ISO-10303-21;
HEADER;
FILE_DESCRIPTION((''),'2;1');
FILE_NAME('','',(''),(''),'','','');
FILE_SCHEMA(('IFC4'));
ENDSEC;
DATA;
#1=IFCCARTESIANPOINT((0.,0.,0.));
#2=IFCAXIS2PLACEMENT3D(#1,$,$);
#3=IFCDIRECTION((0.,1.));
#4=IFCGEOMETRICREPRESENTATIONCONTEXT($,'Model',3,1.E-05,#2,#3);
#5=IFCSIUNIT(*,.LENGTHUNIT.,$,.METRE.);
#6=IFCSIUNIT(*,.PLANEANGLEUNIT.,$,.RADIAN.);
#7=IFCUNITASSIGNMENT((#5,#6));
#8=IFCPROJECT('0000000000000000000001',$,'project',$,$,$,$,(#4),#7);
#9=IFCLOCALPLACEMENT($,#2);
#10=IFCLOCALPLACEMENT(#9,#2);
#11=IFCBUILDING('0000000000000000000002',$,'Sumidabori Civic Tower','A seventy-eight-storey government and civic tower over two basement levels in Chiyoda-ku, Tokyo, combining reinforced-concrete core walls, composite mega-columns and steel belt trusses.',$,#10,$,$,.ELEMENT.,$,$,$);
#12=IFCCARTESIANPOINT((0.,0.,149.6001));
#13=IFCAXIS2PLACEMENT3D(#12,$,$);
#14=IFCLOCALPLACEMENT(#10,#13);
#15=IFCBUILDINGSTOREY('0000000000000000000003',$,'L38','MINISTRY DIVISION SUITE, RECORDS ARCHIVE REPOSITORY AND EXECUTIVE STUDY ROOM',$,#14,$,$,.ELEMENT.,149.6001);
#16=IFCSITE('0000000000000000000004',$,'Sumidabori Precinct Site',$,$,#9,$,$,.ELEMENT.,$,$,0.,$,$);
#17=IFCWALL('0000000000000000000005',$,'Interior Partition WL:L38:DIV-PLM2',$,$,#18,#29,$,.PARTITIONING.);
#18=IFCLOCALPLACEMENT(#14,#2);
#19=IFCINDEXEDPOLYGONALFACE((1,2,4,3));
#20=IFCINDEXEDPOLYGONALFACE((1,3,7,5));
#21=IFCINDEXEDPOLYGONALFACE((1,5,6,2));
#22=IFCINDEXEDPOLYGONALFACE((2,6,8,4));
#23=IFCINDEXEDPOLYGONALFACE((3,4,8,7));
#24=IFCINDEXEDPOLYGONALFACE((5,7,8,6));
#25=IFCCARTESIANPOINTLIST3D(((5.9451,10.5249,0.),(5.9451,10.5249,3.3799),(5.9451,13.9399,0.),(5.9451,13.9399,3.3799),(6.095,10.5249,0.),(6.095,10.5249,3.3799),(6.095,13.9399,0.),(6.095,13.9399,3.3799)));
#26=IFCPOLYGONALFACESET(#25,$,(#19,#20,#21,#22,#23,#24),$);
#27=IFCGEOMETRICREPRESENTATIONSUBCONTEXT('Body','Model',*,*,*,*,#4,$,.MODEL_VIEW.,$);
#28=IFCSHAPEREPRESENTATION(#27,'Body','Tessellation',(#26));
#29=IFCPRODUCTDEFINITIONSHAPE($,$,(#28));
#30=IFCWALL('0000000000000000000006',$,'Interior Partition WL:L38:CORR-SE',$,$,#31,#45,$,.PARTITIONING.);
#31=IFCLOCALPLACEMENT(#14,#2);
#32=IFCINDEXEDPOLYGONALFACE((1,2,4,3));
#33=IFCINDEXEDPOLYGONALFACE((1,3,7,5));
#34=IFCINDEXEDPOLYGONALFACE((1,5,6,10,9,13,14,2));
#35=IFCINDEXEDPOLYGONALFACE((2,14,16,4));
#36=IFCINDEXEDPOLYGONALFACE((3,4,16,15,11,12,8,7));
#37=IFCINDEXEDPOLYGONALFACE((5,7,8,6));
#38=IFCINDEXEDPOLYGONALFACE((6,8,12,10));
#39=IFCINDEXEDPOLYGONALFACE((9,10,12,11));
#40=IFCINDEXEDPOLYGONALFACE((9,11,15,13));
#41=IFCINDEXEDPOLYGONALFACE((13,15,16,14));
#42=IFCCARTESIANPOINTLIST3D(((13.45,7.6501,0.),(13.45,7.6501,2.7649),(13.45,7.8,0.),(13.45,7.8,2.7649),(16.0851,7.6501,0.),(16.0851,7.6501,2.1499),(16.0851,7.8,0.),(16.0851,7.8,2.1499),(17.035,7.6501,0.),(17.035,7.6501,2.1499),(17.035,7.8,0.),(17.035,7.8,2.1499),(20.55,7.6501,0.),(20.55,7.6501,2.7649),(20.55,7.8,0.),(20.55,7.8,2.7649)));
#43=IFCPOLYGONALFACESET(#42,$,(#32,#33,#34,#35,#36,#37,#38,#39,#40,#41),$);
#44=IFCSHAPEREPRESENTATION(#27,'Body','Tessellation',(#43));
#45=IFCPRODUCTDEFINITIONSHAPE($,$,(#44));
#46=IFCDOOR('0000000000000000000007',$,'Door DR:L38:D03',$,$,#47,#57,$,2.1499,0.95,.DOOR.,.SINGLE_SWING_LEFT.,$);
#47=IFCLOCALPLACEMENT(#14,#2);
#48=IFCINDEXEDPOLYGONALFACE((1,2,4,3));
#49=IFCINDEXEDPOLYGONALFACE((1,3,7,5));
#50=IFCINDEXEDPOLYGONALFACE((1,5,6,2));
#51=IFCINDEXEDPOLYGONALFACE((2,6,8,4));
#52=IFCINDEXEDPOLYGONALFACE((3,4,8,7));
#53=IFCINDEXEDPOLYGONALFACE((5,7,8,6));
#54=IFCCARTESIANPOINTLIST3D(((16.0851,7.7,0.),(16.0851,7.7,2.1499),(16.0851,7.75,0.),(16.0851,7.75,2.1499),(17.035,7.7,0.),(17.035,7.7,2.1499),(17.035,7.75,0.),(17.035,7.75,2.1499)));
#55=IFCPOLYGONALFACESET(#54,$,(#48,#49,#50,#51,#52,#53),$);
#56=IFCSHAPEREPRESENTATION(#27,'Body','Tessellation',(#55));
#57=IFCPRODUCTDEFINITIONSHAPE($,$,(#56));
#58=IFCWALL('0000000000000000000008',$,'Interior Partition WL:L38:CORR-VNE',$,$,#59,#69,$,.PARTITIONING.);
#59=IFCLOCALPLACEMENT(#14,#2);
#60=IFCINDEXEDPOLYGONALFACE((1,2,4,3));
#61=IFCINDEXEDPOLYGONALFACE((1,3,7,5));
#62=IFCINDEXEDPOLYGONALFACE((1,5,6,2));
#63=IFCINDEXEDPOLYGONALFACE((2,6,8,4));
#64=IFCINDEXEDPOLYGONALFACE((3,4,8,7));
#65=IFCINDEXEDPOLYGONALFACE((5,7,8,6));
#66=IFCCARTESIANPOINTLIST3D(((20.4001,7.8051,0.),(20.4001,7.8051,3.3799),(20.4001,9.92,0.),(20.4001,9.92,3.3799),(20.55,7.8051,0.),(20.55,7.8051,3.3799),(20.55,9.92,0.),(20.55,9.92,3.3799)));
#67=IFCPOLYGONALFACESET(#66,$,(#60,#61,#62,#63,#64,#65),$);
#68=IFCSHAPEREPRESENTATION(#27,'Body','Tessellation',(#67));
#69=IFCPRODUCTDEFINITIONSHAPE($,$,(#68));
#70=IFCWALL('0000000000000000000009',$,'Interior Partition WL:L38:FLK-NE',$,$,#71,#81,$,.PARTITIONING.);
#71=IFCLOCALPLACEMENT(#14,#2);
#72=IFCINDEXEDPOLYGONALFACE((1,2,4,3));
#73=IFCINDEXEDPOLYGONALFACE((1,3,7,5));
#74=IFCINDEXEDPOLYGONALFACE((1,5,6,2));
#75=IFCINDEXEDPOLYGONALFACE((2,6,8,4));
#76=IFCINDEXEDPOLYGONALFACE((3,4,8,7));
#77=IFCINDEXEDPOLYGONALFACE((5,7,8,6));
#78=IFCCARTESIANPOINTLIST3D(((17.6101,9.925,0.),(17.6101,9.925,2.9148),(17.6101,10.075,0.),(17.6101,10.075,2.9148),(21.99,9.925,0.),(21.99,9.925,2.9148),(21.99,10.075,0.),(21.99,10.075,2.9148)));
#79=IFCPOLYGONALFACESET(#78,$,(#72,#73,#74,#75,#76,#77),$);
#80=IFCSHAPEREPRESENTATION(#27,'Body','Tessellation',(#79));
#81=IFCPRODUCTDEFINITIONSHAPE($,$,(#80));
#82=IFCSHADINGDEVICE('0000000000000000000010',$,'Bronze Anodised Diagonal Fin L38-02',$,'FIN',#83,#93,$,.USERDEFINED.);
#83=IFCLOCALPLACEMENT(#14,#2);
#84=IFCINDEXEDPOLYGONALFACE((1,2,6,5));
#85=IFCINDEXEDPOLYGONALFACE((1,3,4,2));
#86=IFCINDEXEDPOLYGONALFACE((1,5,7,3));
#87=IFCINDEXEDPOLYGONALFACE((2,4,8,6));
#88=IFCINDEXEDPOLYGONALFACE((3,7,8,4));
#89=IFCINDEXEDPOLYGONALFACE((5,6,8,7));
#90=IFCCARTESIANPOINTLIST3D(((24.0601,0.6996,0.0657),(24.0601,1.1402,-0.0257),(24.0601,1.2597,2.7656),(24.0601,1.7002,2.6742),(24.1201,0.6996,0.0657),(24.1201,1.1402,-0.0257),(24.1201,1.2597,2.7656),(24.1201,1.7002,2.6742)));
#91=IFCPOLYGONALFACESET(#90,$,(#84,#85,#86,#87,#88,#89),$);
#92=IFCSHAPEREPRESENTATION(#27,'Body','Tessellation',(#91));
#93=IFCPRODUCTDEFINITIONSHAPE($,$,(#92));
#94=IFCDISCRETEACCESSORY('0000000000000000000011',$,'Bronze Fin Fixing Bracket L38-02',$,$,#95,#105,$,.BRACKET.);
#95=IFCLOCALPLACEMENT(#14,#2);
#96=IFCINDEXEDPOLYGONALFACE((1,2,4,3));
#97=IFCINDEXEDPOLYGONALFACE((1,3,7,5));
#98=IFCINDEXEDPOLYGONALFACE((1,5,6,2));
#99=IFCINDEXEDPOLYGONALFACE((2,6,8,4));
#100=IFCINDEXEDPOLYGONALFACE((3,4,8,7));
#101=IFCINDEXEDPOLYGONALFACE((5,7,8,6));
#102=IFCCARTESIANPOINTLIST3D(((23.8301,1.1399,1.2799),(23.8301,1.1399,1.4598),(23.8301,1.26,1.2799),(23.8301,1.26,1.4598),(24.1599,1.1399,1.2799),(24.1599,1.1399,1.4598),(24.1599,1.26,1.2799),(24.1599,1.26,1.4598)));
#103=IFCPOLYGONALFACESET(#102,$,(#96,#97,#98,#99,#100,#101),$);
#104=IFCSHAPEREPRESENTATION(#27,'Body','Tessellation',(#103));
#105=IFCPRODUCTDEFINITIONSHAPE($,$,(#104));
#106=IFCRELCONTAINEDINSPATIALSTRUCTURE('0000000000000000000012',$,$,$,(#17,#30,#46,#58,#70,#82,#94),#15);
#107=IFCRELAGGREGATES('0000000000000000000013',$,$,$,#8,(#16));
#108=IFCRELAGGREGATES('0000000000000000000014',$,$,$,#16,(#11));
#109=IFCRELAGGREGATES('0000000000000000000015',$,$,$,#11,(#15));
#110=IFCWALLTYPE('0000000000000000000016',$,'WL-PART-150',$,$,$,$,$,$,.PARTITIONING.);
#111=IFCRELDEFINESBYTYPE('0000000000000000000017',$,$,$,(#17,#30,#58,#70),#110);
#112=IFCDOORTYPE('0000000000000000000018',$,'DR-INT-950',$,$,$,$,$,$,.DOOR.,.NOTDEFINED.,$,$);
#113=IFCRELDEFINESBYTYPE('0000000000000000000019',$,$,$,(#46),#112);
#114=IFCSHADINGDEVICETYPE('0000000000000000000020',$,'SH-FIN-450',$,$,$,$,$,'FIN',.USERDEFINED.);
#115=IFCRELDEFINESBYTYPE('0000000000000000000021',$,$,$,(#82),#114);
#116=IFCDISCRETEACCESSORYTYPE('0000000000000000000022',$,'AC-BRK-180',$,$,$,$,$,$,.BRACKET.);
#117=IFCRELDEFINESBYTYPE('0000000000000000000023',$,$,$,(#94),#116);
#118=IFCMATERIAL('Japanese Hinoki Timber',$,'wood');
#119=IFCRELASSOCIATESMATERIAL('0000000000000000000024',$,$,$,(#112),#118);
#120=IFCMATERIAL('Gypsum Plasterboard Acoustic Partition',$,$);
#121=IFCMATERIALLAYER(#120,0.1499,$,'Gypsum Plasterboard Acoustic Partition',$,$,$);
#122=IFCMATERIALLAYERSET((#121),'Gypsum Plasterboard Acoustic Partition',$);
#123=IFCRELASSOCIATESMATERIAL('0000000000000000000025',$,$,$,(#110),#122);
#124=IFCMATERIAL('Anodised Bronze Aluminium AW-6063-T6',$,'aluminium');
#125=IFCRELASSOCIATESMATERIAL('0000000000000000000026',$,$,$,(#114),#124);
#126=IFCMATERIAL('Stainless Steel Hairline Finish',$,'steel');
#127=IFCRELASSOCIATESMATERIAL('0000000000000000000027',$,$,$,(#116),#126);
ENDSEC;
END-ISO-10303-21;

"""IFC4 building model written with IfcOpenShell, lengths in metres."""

from ifc_helpers import new_model, si_unit, direction, frame, frame_2d, origin, origin_2d, place, context, subcontext, project, spatial, rectangle, extrude, source, transform, mapped, material, layer, layer_set, material_profile, profile_set, type_object, element, fill, save


model = new_model("IFC4")

# Units and contexts
model_context = context("Model", 3, precision=1e-05, world=origin(), true_north=direction((0.0, 1.0)))
body_context = subcontext(model_context, "Body", "Model", "MODEL_VIEW")
ifc_project = project(units=[si_unit("LENGTHUNIT", "METRE"), si_unit("PLANEANGLEUNIT", "RADIAN")], contexts=[model_context])

# Site, building, storey
site_placement = place(None, origin())
site = spatial("IfcSite", under=ifc_project, at=site_placement, Name="Sumidabori Precinct Site", CompositionType="ELEMENT", RefElevation=0.0)
building_placement = place(site_placement, origin())
building = spatial("IfcBuilding", under=site, at=building_placement, Name="Sumidabori Civic Tower", Description="A seventy-eight-storey government and civic tower over two basement levels in Chiyoda-ku, Tokyo, combining reinforced-concrete core walls, composite mega-columns and steel belt trusses.", CompositionType="ELEMENT")
storey_placement = place(building_placement, frame((0.0, 0.0, 149.6001)))
storey = spatial("IfcBuildingStorey", under=building, at=storey_placement, Name="L38", Description="MINISTRY DIVISION SUITE, RECORDS ARCHIVE REPOSITORY AND EXECUTIVE STUDY ROOM", CompositionType="ELEMENT", Elevation=149.6001)

# Shared definitions
ifc_material_1 = material(Name="Anodised Bronze Aluminium AW-6063-T6", Category="aluminium")

# Shared definitions
ifc_material_2 = material(Name="Japanese Hinoki Timber", Category="wood")
door_type_1 = type_object("IfcDoorType", Name="DR-INT-950", OperationType="NOTDEFINED", PredefinedType="DOOR", material=ifc_material_2)
shared_shape_1 = source(origin(), body_context, "Body", "SweptSolid", [
    extrude(rectangle(XDim=0.95, YDim=2.1499, at=frame_2d((0.4751, 1.075))), frame((0.0, 0.0249, 0.0), z_axis=(0.0, -1.0, 0.0), x_axis=(1.0, 0.0, 0.0)), (0.0, 0.0, 1.0), 0.05),
])
ifc_material_3 = material(Name="Stainless Steel Hairline Finish", Category="steel")

# Wall
ifc_material_4 = material(Name="Gypsum Plasterboard Acoustic Partition")
ifc_layer_1 = layer(ifc_material_4, 0.1499, Name="Gypsum Plasterboard Acoustic Partition")
ifc_layer_set_1 = layer_set([ifc_layer_1], Name="Gypsum Plasterboard Acoustic Partition")
wall_type_1 = type_object("IfcWallType", Name="WL-PART-150", PredefinedType="PARTITIONING", material=ifc_layer_set_1)
shared_shape_2 = source(origin(), body_context, "Body", "SweptSolid", [
    extrude(rectangle(XDim=3.415, YDim=0.1499, at=frame_2d((1.7075, 0.0))), origin(), (0.0, 0.0, 1.0), 3.3799),
])
for number, where, z_axis, x_axis, name in (
    (1, (6.02, 10.5249, 0.0), (0.0, 0.0, 1.0), (0.0, 1.0, 0.0), "Interior Partition WL:L38:DIV-PLM2"),
):
    element("IfcWall", number, at=place(storey_placement, frame(where, z_axis=z_axis, x_axis=x_axis)), inside=storey, type_object=wall_type_1, Name=name, PredefinedType="PARTITIONING", context=body_context, shape_type="MappedRepresentation", body=[
        mapped(shared_shape_2, transform((0.0, 0.0, 0.0), x_axis=(1.0, 0.0, 0.0), y_axis=(0.0, 1.0, 0.0), z_axis=(0.0, 0.0, 1.0), scale=1.0)),
    ])

# Wall, opening, door
shared_shape_3 = source(origin(), body_context, "Body", "SweptSolid", [
    extrude(rectangle(XDim=7.1001, YDim=0.1499, at=frame_2d((3.55, 0.0))), origin(), (0.0, 0.0, 1.0), 2.7649),
])
wall_1_placement = place(storey_placement, frame((13.45, 7.7251, 0.0), z_axis=(0.0, 0.0, 1.0), x_axis=(1.0, 0.0, 0.0)))
wall_1 = element("IfcWall", 2, at=wall_1_placement, inside=storey, type_object=wall_type_1, Name="Interior Partition WL:L38:CORR-SE", PredefinedType="PARTITIONING", context=body_context, shape_type="MappedRepresentation", body=[
    mapped(shared_shape_3, transform((0.0, 0.0, 0.0), x_axis=(1.0, 0.0, 0.0), y_axis=(0.0, 1.0, 0.0), z_axis=(0.0, 0.0, 1.0), scale=1.0)),
])
opening_1_placement = place(wall_1_placement, frame((2.635, 0.0, 0.0)))
opening_1 = element("IfcOpeningElement", 3, at=opening_1_placement, cuts=wall_1, PredefinedType="OPENING", context=body_context, shape_type="SweptSolid", body=[
    extrude(rectangle(XDim=0.95, YDim=2.1499, at=frame_2d((0.4751, 1.075))), frame((0.0, 0.0869, 0.0), z_axis=(0.0, -1.0, 0.0), x_axis=(1.0, 0.0, 0.0)), (0.0, 0.0, 1.0), 0.1738),
])
door_1_placement = place(opening_1_placement, origin())
door_1 = element("IfcDoor", 4, at=door_1_placement, inside=storey, type_object=door_type_1, Name="Door DR:L38:D03", OperationType="SINGLE_SWING_LEFT", OverallHeight=2.1499, OverallWidth=0.95, PredefinedType="DOOR", context=body_context, shape_type="MappedRepresentation", body=[
    mapped(shared_shape_1, transform((0.0, 0.0, 0.0), x_axis=(1.0, 0.0, 0.0), y_axis=(0.0, 1.0, 0.0), z_axis=(0.0, 0.0, 1.0), scale=1.0)),
])
fill(opening_1, door_1)

# Walls
shared_shape_4 = source(origin(), body_context, "Body", "SweptSolid", [
    extrude(rectangle(XDim=2.115, YDim=0.1499, at=frame_2d((1.0576, 0.0))), origin(), (0.0, 0.0, 1.0), 3.3799),
])
wall_2_placement = place(storey_placement, frame((20.4751, 7.8049, 0.0), z_axis=(0.0, 0.0, 1.0), x_axis=(0.0, 1.0, 0.0)))
element("IfcWall", 5, at=wall_2_placement, inside=storey, type_object=wall_type_1, Name="Interior Partition WL:L38:CORR-VNE", PredefinedType="PARTITIONING", context=body_context, shape_type="MappedRepresentation", body=[
    mapped(shared_shape_4, transform((0.0, 0.0, 0.0), x_axis=(1.0, 0.0, 0.0), y_axis=(0.0, 1.0, 0.0), z_axis=(0.0, 0.0, 1.0), scale=1.0)),
])
shared_shape_5 = source(origin(), body_context, "Body", "SweptSolid", [
    extrude(rectangle(XDim=4.3799, YDim=0.1499, at=frame_2d((2.1899, 0.0))), origin(), (0.0, 0.0, 1.0), 2.9148),
])
wall_3_placement = place(storey_placement, frame((17.6101, 10.0, 0.0), z_axis=(0.0, 0.0, 1.0), x_axis=(1.0, 0.0, 0.0)))
element("IfcWall", 6, at=wall_3_placement, inside=storey, type_object=wall_type_1, Name="Interior Partition WL:L38:FLK-NE", PredefinedType="PARTITIONING", context=body_context, shape_type="MappedRepresentation", body=[
    mapped(shared_shape_5, transform((0.0, 0.0, 0.0), x_axis=(1.0, 0.0, 0.0), y_axis=(0.0, 1.0, 0.0), z_axis=(0.0, 0.0, 1.0), scale=1.0)),
])

# Shading device
ifc_material_profile_1 = material_profile(ifc_material_1, rectangle(XDim=0.0601, YDim=0.45, at=origin_2d()), Name="BRONZE FIN 450x60")
ifc_profile_set_1 = profile_set([ifc_material_profile_1], Name="Anodised Bronze Aluminium AW-6063-T6")
shading_device_type = type_object("IfcShadingDeviceType", Name="SH-FIN-450", ElementType="FIN", PredefinedType="USERDEFINED", material=ifc_profile_set_1)
shared_shape_6 = source(origin(), body_context, "Body", "SweptSolid", [
    extrude(rectangle(XDim=0.0601, YDim=0.45, at=origin_2d()), origin(), (0.0, 0.0, 1.0), 2.7573),
])
shading_device_placement = place(storey_placement, frame((24.0901, 0.9199, 0.02), z_axis=(0.0, 0.203109, 0.979156), x_axis=(-1.0, 0.0, 0.0)))
element("IfcShadingDevice", 7, at=shading_device_placement, inside=storey, type_object=shading_device_type, Name="Bronze Anodised Diagonal Fin L38-02", ObjectType="FIN", PredefinedType="USERDEFINED", context=body_context, shape_type="MappedRepresentation", body=[
    mapped(shared_shape_6, transform((0.0, 0.0, 0.0), x_axis=(1.0, 0.0, 0.0), y_axis=(0.0, 1.0, 0.0), z_axis=(0.0, 0.0, 1.0), scale=1.0)),
])

# Discrete accessory
ifc_material_profile_2 = material_profile(ifc_material_3, rectangle(XDim=0.1201, YDim=0.1799, at=origin_2d()), Name="STEEL BRACKET 180x120")
ifc_profile_set_2 = profile_set([ifc_material_profile_2], Name="Stainless Steel Hairline Finish")
discrete_accessory_type = type_object("IfcDiscreteAccessoryType", Name="AC-BRK-180", PredefinedType="BRACKET", material=ifc_profile_set_2)
shared_shape_7 = source(origin(), body_context, "Body", "SweptSolid", [
    extrude(rectangle(XDim=0.1201, YDim=0.1799, at=origin_2d()), origin(), (0.0, 0.0, 1.0), 0.3298),
])
discrete_accessory_placement = place(storey_placement, frame((23.8301, 1.2, 1.3699), z_axis=(1.0, 0.0, 0.0), x_axis=(0.0, 1.0, 0.0)))
element("IfcDiscreteAccessory", 8, at=discrete_accessory_placement, inside=storey, type_object=discrete_accessory_type, Name="Bronze Fin Fixing Bracket L38-02", PredefinedType="BRACKET", context=body_context, shape_type="MappedRepresentation", body=[
    mapped(shared_shape_7, transform((0.0, 0.0, 0.0), x_axis=(1.0, 0.0, 0.0), y_axis=(0.0, 1.0, 0.0), z_axis=(0.0, 0.0, 1.0), scale=1.0)),
])

save(model, "model.ifc")
